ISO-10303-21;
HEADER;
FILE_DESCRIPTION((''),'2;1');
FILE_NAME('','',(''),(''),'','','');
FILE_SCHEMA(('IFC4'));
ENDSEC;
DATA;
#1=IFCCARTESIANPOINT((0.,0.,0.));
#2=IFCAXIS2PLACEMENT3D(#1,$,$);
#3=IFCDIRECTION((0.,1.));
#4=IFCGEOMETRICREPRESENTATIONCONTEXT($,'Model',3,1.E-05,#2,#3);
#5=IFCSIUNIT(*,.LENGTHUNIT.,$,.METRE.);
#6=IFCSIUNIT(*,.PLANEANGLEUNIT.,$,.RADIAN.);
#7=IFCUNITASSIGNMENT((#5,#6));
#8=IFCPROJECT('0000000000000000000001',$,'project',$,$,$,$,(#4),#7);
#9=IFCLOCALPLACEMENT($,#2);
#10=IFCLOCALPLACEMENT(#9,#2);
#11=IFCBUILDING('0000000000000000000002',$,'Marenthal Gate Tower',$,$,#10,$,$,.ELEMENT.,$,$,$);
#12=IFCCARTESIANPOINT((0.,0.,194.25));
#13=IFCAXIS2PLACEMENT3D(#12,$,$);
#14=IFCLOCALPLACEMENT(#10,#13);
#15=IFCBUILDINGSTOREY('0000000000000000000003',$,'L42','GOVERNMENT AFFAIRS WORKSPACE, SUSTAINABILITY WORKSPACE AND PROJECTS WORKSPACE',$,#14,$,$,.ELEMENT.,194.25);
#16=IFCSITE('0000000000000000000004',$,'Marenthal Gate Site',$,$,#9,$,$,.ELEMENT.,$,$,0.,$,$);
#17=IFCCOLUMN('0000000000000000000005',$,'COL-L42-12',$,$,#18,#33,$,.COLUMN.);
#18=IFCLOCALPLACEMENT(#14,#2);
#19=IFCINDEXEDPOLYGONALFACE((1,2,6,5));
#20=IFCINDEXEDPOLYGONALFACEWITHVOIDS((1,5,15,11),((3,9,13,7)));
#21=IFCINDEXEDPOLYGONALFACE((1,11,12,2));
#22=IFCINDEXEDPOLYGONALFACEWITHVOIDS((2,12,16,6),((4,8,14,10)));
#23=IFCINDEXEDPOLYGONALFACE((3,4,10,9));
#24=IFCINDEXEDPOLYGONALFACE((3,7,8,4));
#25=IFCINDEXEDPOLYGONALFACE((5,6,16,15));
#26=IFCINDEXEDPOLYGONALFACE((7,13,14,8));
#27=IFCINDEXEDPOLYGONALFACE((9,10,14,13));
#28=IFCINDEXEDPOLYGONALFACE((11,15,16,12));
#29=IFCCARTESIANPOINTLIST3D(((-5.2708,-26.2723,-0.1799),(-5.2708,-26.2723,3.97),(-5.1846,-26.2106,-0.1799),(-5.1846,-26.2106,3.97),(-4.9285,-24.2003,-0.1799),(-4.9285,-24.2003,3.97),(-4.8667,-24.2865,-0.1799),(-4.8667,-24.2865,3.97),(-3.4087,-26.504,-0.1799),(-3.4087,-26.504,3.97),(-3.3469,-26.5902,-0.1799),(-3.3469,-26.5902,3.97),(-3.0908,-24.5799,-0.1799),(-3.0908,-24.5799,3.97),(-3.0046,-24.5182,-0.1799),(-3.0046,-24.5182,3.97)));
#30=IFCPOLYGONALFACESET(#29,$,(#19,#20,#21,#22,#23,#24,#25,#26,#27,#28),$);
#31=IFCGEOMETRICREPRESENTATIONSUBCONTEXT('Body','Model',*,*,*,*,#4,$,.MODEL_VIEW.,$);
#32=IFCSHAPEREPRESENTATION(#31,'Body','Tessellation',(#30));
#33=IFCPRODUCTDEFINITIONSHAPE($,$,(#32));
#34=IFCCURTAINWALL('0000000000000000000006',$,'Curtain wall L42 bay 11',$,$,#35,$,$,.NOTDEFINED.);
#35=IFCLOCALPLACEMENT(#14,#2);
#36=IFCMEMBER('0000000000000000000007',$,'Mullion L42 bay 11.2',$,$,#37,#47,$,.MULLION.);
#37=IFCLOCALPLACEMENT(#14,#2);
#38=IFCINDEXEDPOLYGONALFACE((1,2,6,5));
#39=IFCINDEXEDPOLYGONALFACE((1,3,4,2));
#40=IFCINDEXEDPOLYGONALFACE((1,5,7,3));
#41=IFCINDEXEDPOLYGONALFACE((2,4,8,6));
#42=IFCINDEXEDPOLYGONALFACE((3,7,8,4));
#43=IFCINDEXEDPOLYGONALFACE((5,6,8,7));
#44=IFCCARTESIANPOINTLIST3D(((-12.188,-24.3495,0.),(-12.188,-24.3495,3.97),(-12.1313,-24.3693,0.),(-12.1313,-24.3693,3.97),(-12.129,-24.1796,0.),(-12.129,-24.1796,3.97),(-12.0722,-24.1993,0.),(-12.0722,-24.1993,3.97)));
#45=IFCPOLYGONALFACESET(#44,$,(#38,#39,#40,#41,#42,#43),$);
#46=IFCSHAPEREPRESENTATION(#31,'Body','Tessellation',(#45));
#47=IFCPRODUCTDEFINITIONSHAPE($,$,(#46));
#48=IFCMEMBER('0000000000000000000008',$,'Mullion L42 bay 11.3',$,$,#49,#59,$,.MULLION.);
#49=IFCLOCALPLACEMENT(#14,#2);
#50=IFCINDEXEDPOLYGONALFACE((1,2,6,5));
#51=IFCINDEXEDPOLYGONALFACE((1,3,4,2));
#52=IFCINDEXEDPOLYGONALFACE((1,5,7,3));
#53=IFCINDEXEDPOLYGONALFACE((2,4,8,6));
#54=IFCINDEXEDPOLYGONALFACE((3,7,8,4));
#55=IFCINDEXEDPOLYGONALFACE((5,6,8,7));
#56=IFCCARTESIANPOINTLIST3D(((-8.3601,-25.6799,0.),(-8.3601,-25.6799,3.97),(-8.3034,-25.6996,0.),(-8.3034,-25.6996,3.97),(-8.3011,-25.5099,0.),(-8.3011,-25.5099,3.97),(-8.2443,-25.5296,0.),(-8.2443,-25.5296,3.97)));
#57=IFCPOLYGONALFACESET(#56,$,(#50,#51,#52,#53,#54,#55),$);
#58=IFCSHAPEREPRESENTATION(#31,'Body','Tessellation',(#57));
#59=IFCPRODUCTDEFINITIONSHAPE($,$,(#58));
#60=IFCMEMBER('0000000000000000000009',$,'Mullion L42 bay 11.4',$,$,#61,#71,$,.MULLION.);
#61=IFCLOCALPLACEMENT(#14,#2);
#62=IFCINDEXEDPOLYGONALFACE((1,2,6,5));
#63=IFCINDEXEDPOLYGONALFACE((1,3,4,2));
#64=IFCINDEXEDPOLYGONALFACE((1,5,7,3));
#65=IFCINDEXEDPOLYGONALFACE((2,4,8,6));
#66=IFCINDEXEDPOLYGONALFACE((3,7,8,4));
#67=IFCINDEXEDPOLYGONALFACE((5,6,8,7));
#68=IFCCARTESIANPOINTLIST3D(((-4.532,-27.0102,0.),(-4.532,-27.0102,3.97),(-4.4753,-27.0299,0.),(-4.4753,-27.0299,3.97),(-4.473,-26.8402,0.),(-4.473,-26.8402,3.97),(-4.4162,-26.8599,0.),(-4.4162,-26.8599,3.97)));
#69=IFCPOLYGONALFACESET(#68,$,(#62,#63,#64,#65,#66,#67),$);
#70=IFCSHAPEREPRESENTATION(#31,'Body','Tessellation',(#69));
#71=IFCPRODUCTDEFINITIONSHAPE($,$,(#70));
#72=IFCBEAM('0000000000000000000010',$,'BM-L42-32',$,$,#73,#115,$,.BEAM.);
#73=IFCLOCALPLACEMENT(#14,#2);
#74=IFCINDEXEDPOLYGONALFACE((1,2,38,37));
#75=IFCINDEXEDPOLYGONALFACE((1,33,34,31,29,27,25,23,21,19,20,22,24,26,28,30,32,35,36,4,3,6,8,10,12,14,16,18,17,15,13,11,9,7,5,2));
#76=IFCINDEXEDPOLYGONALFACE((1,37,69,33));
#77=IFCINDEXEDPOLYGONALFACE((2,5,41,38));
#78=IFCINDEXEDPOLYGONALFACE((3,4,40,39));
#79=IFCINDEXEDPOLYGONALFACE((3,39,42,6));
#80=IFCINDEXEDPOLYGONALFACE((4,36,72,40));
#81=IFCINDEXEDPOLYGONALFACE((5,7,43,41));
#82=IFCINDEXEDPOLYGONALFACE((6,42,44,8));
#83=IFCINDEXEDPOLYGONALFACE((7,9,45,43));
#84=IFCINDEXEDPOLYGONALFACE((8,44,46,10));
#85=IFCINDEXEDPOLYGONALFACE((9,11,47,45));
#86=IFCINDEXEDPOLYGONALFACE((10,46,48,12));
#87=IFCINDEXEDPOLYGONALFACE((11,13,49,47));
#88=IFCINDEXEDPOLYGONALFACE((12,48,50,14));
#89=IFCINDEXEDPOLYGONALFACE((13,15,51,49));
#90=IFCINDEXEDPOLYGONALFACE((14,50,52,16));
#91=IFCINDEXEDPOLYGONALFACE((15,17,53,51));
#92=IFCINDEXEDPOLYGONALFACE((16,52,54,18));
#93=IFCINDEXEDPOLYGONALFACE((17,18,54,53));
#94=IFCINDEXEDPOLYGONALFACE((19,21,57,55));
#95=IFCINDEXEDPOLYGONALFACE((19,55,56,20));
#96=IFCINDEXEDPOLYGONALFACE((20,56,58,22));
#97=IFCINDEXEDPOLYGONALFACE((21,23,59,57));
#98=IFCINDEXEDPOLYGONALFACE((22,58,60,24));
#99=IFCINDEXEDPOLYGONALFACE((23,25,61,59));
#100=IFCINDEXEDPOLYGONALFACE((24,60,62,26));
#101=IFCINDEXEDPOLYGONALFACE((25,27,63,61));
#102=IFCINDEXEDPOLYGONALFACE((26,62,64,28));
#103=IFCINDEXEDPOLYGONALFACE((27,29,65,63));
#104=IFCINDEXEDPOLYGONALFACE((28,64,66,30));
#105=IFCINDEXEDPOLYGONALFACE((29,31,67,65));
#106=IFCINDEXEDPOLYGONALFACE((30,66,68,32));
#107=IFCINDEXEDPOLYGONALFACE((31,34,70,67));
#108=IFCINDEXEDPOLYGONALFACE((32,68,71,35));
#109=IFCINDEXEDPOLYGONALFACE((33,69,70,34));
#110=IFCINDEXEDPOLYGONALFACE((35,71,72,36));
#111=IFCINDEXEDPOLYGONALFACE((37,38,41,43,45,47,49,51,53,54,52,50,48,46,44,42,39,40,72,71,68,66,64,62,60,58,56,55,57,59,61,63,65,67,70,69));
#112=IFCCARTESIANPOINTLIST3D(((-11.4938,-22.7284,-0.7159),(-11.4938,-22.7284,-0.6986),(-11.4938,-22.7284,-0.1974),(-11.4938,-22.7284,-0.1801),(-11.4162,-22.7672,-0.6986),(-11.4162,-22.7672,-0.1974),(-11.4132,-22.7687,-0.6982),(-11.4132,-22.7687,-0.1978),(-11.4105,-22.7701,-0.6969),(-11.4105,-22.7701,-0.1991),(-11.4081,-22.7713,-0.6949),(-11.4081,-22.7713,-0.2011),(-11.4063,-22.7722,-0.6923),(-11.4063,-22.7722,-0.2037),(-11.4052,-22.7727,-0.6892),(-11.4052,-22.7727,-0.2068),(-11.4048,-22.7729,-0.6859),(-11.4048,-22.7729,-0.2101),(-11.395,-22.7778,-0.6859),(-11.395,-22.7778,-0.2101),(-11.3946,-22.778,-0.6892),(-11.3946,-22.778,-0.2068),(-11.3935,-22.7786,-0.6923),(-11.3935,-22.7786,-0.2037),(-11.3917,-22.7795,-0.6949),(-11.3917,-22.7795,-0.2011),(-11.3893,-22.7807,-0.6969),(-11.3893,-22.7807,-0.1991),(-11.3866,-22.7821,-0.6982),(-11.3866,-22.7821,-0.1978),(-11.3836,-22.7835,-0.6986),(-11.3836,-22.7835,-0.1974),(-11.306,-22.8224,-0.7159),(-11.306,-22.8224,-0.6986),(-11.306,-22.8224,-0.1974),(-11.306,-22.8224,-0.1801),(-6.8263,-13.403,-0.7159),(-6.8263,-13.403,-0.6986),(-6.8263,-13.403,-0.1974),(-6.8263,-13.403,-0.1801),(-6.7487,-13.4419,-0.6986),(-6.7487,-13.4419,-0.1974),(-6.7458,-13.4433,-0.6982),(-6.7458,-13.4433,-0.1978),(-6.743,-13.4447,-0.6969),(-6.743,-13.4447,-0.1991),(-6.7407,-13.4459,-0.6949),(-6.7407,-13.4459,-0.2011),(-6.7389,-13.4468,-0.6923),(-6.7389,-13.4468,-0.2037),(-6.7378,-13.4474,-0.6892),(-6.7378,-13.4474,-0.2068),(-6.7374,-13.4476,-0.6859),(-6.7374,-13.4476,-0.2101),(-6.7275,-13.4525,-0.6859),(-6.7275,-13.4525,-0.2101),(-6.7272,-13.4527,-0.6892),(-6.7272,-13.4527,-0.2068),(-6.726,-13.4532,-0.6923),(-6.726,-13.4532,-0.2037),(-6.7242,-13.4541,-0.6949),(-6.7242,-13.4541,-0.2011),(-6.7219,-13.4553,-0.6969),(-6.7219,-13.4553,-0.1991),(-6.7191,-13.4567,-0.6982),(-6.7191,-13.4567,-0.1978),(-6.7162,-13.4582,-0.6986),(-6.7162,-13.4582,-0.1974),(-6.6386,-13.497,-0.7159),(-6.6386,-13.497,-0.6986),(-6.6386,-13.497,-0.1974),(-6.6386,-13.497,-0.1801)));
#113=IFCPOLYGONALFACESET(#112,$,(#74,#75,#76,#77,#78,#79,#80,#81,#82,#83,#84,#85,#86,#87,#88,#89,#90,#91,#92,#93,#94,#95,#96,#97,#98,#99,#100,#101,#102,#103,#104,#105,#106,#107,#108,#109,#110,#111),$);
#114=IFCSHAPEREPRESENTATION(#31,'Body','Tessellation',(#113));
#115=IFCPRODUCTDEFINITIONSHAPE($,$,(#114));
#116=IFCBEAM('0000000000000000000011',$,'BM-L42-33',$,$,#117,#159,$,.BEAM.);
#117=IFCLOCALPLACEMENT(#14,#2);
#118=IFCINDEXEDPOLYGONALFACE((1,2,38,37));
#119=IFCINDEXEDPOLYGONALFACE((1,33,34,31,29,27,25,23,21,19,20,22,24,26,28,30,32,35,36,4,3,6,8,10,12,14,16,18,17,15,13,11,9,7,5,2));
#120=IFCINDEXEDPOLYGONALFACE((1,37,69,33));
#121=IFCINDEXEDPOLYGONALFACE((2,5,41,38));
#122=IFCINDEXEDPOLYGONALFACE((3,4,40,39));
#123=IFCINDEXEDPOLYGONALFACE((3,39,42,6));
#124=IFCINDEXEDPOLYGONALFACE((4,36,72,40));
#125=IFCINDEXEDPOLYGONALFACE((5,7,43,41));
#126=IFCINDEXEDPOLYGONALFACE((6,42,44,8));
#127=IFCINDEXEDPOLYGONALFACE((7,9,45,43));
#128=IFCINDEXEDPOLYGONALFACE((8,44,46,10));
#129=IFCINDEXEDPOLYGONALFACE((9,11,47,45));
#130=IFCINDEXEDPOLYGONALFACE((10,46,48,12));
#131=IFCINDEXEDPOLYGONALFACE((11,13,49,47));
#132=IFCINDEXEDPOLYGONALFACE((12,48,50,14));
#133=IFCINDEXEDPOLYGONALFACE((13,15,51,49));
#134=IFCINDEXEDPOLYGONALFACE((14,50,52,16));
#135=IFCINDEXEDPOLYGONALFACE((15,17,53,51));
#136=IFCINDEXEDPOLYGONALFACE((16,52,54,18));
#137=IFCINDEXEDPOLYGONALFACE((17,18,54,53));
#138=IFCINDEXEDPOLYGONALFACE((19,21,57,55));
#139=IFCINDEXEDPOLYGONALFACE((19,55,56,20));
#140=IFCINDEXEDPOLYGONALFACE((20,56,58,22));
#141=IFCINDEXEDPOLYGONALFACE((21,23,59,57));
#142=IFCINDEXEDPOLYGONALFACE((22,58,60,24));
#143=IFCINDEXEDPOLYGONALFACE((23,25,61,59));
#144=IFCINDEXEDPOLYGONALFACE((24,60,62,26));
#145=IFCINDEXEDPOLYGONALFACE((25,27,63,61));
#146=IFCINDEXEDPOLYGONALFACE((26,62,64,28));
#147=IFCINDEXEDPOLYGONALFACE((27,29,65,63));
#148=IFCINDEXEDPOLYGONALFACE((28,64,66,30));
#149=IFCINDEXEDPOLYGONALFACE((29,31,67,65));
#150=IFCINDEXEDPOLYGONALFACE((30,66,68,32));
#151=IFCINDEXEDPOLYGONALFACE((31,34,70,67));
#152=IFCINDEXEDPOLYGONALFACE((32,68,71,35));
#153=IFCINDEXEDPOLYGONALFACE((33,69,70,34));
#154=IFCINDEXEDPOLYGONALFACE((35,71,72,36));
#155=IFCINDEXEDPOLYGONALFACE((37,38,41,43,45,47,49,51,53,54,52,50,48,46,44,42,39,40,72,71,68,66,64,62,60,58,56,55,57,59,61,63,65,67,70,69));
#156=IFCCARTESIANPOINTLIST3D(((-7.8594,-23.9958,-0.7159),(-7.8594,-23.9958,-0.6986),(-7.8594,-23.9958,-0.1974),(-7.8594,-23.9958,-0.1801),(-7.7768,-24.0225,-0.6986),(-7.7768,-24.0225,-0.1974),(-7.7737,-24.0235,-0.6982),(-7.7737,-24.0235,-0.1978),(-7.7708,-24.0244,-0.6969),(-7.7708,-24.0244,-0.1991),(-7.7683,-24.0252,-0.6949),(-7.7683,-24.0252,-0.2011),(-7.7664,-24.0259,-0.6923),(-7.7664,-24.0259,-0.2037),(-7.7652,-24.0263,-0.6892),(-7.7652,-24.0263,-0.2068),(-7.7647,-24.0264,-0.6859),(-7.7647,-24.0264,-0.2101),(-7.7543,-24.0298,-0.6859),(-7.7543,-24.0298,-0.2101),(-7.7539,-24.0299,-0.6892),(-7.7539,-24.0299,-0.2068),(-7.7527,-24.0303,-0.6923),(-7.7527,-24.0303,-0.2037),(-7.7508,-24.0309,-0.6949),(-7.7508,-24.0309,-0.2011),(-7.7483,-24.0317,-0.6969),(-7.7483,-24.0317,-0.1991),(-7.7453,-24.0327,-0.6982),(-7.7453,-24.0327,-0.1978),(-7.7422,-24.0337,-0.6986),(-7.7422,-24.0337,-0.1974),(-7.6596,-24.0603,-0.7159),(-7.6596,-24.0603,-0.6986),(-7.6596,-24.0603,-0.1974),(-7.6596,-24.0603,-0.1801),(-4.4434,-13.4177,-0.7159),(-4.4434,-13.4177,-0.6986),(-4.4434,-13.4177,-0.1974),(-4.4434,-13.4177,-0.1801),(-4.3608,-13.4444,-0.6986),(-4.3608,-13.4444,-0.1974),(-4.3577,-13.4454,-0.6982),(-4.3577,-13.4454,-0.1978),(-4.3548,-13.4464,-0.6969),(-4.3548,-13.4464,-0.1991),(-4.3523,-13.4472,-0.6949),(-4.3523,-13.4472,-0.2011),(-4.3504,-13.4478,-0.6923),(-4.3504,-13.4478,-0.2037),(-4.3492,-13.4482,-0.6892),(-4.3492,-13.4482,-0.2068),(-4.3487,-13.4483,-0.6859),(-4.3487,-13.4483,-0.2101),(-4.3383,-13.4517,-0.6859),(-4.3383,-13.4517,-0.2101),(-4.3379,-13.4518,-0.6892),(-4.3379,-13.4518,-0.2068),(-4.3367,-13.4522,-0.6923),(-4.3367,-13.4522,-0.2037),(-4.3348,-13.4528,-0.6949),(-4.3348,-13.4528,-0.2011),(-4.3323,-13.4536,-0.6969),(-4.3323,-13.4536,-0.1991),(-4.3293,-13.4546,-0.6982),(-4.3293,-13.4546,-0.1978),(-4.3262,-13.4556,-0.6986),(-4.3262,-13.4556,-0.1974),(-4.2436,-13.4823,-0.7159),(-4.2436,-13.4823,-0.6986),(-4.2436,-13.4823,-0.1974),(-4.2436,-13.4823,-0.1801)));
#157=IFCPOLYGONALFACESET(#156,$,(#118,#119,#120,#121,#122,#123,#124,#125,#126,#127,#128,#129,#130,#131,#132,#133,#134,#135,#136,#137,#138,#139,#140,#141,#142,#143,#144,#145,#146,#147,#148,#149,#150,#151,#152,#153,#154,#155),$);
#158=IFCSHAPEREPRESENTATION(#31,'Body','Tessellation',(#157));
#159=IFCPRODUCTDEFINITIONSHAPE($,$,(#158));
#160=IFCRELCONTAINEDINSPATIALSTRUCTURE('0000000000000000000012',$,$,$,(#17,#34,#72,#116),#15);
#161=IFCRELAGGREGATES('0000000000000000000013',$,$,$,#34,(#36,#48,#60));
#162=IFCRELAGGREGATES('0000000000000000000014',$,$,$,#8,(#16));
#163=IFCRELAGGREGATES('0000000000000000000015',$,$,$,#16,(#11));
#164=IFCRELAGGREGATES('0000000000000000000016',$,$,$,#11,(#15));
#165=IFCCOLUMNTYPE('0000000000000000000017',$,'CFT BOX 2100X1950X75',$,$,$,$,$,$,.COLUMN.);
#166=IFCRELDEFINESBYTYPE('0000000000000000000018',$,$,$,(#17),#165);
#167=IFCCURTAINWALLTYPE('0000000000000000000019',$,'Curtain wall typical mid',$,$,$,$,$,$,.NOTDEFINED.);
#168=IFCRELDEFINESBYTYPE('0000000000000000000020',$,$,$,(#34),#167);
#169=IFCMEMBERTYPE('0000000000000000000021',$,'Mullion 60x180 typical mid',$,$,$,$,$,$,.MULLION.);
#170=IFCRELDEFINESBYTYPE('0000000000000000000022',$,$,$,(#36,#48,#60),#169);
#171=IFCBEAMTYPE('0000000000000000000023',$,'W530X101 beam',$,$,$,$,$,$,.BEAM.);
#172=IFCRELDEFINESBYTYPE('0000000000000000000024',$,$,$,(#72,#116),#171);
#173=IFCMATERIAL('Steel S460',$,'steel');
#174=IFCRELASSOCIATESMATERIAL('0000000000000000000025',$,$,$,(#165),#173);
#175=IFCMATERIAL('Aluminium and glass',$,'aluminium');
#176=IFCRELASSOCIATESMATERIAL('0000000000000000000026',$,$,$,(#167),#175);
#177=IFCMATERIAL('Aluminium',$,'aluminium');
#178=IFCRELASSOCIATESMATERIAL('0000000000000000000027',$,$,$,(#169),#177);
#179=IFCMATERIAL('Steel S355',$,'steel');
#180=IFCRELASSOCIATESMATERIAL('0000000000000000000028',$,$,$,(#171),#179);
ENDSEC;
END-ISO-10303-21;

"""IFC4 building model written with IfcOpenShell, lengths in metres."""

from ifc_helpers import new_model, si_unit, direction, frame, origin, origin_2d, place, context, subcontext, project, spatial, rectangle, hollow_rectangle, i_section, extrude, material, material_profile, profile_set, type_object, element, aggregate, save


model = new_model("IFC4")

# Units and contexts
model_context = context("Model", 3, precision=1e-05, world=origin(), true_north=direction((0.0, 1.0)))
body_context = subcontext(model_context, "Body", "Model", "MODEL_VIEW")
ifc_project = project(units=[si_unit("LENGTHUNIT", "METRE"), si_unit("PLANEANGLEUNIT", "RADIAN")], contexts=[model_context])

# Site, building, storey
site_placement = place(None, origin())
site = spatial("IfcSite", under=ifc_project, at=site_placement, Name="Marenthal Gate Site", CompositionType="ELEMENT", RefElevation=0.0)
building_placement = place(site_placement, origin())
building = spatial("IfcBuilding", under=site, at=building_placement, Name="Marenthal Gate Tower", CompositionType="ELEMENT")
storey_placement = place(building_placement, frame((0.0, 0.0, 194.25)))
storey = spatial("IfcBuildingStorey", under=building, at=storey_placement, Name="L42", Description="GOVERNMENT AFFAIRS WORKSPACE, SUSTAINABILITY WORKSPACE AND PROJECTS WORKSPACE", CompositionType="ELEMENT", Elevation=194.25)

# Column
ifc_material_1 = material(Name="Steel S460", Category="steel")
ifc_material_profile_1 = material_profile(ifc_material_1, hollow_rectangle(XDim=1.95, YDim=2.1001, WallThickness=0.075, at=origin_2d()), Name="CFT BOX 2100X1950X75")
ifc_material_2 = material(Name="Concrete 70 MPa", Category="concrete")
ifc_material_profile_2 = material_profile(ifc_material_2, rectangle(XDim=1.8, YDim=1.95, at=origin_2d()), Name="CFT BOX 2100X1950X75 INFILL")
ifc_profile_set_1 = profile_set([ifc_material_profile_1, ifc_material_profile_2], Name="Steel S460 shell, Concrete 70 MPa infill")
column_type = type_object("IfcColumnType", Name="CFT BOX 2100X1950X75", PredefinedType="COLUMN", material=ifc_profile_set_1)
column_placement = place(storey_placement, frame((-4.1377, -25.3953, -0.1799), z_axis=(0.0, 0.0, 1.0), x_axis=(-0.986623, 0.163018, 0.0)))
element("IfcColumn", 1, at=column_placement, inside=storey, type_object=column_type, Name="COL-L42-12", PredefinedType="COLUMN", context=body_context, shape_type="SweptSolid", body=[
    extrude(hollow_rectangle(XDim=1.95, YDim=2.1001, WallThickness=0.075, at=origin_2d()), origin(), (0.0, 0.0, 1.0), 4.1499),
])

# Curtain wall, members
ifc_material_3 = material(Name="Aluminium and glass", Category="aluminium")
curtain_wall_type = type_object("IfcCurtainWallType", Name="Curtain wall typical mid", PredefinedType="NOTDEFINED", material=ifc_material_3)
curtain_wall_placement = place(storey_placement, origin())
curtain_wall = element("IfcCurtainWall", 2, at=curtain_wall_placement, inside=storey, type_object=curtain_wall_type, Name="Curtain wall L42 bay 11", PredefinedType="NOTDEFINED")
ifc_material_4 = material(Name="Aluminium", Category="aluminium")
ifc_material_profile_3 = material_profile(ifc_material_4, rectangle(XDim=0.1799, YDim=0.0601, at=origin_2d()), Name="60x180 aluminium mullion")
ifc_profile_set_2 = profile_set([ifc_material_profile_3], Name="Aluminium")
member_type = type_object("IfcMemberType", Name="Mullion 60x180 typical mid", PredefinedType="MULLION", material=ifc_profile_set_2)
member_1_placement = place(storey_placement, frame((-12.1301, -24.2744, 0.0), z_axis=(0.0, 0.0, 1.0), x_axis=(0.328273, 0.944583, 0.0)))
member_1 = element("IfcMember", 3, at=member_1_placement, type_object=member_type, Name="Mullion L42 bay 11.2", PredefinedType="MULLION", context=body_context, shape_type="SweptSolid", body=[
    extrude(rectangle(XDim=0.1799, YDim=0.0601, at=origin_2d()), origin(), (0.0, 0.0, 1.0), 3.97),
])
member_2_placement = place(storey_placement, frame((-8.3022, -25.6047, 0.0), z_axis=(0.0, 0.0, 1.0), x_axis=(0.328273, 0.944583, 0.0)))
member_2 = element("IfcMember", 4, at=member_2_placement, type_object=member_type, Name="Mullion L42 bay 11.3", PredefinedType="MULLION", context=body_context, shape_type="SweptSolid", body=[
    extrude(rectangle(XDim=0.1799, YDim=0.0601, at=origin_2d()), origin(), (0.0, 0.0, 1.0), 3.97),
])
member_3_placement = place(storey_placement, frame((-4.4741, -26.9351, 0.0), z_axis=(0.0, 0.0, 1.0), x_axis=(0.328273, 0.944583, 0.0)))
member_3 = element("IfcMember", 5, at=member_3_placement, type_object=member_type, Name="Mullion L42 bay 11.4", PredefinedType="MULLION", context=body_context, shape_type="SweptSolid", body=[
    extrude(rectangle(XDim=0.1799, YDim=0.0601, at=origin_2d()), origin(), (0.0, 0.0, 1.0), 3.97),
])

# Beams
ifc_material_5 = material(Name="Steel S355", Category="steel")
ifc_material_profile_4 = material_profile(ifc_material_5, i_section(OverallWidth=0.21, OverallDepth=0.5359, WebThickness=0.011, FlangeThickness=0.0173, FilletRadius=0.0127, at=origin_2d()), Name="W530X101")
ifc_profile_set_3 = profile_set([ifc_material_profile_4], Name="Steel S355")
beam_type_1 = type_object("IfcBeamType", Name="W530X101 beam", PredefinedType="BEAM", material=ifc_profile_set_3)
beam_1_placement = place(storey_placement, frame((-11.3999, -22.7754, -0.448), z_axis=(0.447579, 0.894245, 0.0), x_axis=(-0.894245, 0.447579, 0.0)))
element("IfcBeam", 6, at=beam_1_placement, inside=storey, type_object=beam_type_1, Name="BM-L42-32", PredefinedType="BEAM", context=body_context, shape_type="SweptSolid", body=[
    extrude(i_section(OverallWidth=0.21, OverallDepth=0.5359, WebThickness=0.011, FlangeThickness=0.0173, FilletRadius=0.0127, at=origin_2d()), origin(), (0.0, 0.0, 1.0), 10.4282),
])
beam_2_placement = place(storey_placement, frame((-7.7595, -24.0281, -0.448), z_axis=(0.307306, 0.951611, 0.0), x_axis=(-0.951611, 0.307306, 0.0)))
element("IfcBeam", 7, at=beam_2_placement, inside=storey, type_object=beam_type_1, Name="BM-L42-33", PredefinedType="BEAM", context=body_context, shape_type="SweptSolid", body=[
    extrude(i_section(OverallWidth=0.21, OverallDepth=0.5359, WebThickness=0.011, FlangeThickness=0.0173, FilletRadius=0.0127, at=origin_2d()), origin(), (0.0, 0.0, 1.0), 11.116),
])

aggregate(curtain_wall, [member_1, member_2, member_3])

save(model, "model.ifc")
